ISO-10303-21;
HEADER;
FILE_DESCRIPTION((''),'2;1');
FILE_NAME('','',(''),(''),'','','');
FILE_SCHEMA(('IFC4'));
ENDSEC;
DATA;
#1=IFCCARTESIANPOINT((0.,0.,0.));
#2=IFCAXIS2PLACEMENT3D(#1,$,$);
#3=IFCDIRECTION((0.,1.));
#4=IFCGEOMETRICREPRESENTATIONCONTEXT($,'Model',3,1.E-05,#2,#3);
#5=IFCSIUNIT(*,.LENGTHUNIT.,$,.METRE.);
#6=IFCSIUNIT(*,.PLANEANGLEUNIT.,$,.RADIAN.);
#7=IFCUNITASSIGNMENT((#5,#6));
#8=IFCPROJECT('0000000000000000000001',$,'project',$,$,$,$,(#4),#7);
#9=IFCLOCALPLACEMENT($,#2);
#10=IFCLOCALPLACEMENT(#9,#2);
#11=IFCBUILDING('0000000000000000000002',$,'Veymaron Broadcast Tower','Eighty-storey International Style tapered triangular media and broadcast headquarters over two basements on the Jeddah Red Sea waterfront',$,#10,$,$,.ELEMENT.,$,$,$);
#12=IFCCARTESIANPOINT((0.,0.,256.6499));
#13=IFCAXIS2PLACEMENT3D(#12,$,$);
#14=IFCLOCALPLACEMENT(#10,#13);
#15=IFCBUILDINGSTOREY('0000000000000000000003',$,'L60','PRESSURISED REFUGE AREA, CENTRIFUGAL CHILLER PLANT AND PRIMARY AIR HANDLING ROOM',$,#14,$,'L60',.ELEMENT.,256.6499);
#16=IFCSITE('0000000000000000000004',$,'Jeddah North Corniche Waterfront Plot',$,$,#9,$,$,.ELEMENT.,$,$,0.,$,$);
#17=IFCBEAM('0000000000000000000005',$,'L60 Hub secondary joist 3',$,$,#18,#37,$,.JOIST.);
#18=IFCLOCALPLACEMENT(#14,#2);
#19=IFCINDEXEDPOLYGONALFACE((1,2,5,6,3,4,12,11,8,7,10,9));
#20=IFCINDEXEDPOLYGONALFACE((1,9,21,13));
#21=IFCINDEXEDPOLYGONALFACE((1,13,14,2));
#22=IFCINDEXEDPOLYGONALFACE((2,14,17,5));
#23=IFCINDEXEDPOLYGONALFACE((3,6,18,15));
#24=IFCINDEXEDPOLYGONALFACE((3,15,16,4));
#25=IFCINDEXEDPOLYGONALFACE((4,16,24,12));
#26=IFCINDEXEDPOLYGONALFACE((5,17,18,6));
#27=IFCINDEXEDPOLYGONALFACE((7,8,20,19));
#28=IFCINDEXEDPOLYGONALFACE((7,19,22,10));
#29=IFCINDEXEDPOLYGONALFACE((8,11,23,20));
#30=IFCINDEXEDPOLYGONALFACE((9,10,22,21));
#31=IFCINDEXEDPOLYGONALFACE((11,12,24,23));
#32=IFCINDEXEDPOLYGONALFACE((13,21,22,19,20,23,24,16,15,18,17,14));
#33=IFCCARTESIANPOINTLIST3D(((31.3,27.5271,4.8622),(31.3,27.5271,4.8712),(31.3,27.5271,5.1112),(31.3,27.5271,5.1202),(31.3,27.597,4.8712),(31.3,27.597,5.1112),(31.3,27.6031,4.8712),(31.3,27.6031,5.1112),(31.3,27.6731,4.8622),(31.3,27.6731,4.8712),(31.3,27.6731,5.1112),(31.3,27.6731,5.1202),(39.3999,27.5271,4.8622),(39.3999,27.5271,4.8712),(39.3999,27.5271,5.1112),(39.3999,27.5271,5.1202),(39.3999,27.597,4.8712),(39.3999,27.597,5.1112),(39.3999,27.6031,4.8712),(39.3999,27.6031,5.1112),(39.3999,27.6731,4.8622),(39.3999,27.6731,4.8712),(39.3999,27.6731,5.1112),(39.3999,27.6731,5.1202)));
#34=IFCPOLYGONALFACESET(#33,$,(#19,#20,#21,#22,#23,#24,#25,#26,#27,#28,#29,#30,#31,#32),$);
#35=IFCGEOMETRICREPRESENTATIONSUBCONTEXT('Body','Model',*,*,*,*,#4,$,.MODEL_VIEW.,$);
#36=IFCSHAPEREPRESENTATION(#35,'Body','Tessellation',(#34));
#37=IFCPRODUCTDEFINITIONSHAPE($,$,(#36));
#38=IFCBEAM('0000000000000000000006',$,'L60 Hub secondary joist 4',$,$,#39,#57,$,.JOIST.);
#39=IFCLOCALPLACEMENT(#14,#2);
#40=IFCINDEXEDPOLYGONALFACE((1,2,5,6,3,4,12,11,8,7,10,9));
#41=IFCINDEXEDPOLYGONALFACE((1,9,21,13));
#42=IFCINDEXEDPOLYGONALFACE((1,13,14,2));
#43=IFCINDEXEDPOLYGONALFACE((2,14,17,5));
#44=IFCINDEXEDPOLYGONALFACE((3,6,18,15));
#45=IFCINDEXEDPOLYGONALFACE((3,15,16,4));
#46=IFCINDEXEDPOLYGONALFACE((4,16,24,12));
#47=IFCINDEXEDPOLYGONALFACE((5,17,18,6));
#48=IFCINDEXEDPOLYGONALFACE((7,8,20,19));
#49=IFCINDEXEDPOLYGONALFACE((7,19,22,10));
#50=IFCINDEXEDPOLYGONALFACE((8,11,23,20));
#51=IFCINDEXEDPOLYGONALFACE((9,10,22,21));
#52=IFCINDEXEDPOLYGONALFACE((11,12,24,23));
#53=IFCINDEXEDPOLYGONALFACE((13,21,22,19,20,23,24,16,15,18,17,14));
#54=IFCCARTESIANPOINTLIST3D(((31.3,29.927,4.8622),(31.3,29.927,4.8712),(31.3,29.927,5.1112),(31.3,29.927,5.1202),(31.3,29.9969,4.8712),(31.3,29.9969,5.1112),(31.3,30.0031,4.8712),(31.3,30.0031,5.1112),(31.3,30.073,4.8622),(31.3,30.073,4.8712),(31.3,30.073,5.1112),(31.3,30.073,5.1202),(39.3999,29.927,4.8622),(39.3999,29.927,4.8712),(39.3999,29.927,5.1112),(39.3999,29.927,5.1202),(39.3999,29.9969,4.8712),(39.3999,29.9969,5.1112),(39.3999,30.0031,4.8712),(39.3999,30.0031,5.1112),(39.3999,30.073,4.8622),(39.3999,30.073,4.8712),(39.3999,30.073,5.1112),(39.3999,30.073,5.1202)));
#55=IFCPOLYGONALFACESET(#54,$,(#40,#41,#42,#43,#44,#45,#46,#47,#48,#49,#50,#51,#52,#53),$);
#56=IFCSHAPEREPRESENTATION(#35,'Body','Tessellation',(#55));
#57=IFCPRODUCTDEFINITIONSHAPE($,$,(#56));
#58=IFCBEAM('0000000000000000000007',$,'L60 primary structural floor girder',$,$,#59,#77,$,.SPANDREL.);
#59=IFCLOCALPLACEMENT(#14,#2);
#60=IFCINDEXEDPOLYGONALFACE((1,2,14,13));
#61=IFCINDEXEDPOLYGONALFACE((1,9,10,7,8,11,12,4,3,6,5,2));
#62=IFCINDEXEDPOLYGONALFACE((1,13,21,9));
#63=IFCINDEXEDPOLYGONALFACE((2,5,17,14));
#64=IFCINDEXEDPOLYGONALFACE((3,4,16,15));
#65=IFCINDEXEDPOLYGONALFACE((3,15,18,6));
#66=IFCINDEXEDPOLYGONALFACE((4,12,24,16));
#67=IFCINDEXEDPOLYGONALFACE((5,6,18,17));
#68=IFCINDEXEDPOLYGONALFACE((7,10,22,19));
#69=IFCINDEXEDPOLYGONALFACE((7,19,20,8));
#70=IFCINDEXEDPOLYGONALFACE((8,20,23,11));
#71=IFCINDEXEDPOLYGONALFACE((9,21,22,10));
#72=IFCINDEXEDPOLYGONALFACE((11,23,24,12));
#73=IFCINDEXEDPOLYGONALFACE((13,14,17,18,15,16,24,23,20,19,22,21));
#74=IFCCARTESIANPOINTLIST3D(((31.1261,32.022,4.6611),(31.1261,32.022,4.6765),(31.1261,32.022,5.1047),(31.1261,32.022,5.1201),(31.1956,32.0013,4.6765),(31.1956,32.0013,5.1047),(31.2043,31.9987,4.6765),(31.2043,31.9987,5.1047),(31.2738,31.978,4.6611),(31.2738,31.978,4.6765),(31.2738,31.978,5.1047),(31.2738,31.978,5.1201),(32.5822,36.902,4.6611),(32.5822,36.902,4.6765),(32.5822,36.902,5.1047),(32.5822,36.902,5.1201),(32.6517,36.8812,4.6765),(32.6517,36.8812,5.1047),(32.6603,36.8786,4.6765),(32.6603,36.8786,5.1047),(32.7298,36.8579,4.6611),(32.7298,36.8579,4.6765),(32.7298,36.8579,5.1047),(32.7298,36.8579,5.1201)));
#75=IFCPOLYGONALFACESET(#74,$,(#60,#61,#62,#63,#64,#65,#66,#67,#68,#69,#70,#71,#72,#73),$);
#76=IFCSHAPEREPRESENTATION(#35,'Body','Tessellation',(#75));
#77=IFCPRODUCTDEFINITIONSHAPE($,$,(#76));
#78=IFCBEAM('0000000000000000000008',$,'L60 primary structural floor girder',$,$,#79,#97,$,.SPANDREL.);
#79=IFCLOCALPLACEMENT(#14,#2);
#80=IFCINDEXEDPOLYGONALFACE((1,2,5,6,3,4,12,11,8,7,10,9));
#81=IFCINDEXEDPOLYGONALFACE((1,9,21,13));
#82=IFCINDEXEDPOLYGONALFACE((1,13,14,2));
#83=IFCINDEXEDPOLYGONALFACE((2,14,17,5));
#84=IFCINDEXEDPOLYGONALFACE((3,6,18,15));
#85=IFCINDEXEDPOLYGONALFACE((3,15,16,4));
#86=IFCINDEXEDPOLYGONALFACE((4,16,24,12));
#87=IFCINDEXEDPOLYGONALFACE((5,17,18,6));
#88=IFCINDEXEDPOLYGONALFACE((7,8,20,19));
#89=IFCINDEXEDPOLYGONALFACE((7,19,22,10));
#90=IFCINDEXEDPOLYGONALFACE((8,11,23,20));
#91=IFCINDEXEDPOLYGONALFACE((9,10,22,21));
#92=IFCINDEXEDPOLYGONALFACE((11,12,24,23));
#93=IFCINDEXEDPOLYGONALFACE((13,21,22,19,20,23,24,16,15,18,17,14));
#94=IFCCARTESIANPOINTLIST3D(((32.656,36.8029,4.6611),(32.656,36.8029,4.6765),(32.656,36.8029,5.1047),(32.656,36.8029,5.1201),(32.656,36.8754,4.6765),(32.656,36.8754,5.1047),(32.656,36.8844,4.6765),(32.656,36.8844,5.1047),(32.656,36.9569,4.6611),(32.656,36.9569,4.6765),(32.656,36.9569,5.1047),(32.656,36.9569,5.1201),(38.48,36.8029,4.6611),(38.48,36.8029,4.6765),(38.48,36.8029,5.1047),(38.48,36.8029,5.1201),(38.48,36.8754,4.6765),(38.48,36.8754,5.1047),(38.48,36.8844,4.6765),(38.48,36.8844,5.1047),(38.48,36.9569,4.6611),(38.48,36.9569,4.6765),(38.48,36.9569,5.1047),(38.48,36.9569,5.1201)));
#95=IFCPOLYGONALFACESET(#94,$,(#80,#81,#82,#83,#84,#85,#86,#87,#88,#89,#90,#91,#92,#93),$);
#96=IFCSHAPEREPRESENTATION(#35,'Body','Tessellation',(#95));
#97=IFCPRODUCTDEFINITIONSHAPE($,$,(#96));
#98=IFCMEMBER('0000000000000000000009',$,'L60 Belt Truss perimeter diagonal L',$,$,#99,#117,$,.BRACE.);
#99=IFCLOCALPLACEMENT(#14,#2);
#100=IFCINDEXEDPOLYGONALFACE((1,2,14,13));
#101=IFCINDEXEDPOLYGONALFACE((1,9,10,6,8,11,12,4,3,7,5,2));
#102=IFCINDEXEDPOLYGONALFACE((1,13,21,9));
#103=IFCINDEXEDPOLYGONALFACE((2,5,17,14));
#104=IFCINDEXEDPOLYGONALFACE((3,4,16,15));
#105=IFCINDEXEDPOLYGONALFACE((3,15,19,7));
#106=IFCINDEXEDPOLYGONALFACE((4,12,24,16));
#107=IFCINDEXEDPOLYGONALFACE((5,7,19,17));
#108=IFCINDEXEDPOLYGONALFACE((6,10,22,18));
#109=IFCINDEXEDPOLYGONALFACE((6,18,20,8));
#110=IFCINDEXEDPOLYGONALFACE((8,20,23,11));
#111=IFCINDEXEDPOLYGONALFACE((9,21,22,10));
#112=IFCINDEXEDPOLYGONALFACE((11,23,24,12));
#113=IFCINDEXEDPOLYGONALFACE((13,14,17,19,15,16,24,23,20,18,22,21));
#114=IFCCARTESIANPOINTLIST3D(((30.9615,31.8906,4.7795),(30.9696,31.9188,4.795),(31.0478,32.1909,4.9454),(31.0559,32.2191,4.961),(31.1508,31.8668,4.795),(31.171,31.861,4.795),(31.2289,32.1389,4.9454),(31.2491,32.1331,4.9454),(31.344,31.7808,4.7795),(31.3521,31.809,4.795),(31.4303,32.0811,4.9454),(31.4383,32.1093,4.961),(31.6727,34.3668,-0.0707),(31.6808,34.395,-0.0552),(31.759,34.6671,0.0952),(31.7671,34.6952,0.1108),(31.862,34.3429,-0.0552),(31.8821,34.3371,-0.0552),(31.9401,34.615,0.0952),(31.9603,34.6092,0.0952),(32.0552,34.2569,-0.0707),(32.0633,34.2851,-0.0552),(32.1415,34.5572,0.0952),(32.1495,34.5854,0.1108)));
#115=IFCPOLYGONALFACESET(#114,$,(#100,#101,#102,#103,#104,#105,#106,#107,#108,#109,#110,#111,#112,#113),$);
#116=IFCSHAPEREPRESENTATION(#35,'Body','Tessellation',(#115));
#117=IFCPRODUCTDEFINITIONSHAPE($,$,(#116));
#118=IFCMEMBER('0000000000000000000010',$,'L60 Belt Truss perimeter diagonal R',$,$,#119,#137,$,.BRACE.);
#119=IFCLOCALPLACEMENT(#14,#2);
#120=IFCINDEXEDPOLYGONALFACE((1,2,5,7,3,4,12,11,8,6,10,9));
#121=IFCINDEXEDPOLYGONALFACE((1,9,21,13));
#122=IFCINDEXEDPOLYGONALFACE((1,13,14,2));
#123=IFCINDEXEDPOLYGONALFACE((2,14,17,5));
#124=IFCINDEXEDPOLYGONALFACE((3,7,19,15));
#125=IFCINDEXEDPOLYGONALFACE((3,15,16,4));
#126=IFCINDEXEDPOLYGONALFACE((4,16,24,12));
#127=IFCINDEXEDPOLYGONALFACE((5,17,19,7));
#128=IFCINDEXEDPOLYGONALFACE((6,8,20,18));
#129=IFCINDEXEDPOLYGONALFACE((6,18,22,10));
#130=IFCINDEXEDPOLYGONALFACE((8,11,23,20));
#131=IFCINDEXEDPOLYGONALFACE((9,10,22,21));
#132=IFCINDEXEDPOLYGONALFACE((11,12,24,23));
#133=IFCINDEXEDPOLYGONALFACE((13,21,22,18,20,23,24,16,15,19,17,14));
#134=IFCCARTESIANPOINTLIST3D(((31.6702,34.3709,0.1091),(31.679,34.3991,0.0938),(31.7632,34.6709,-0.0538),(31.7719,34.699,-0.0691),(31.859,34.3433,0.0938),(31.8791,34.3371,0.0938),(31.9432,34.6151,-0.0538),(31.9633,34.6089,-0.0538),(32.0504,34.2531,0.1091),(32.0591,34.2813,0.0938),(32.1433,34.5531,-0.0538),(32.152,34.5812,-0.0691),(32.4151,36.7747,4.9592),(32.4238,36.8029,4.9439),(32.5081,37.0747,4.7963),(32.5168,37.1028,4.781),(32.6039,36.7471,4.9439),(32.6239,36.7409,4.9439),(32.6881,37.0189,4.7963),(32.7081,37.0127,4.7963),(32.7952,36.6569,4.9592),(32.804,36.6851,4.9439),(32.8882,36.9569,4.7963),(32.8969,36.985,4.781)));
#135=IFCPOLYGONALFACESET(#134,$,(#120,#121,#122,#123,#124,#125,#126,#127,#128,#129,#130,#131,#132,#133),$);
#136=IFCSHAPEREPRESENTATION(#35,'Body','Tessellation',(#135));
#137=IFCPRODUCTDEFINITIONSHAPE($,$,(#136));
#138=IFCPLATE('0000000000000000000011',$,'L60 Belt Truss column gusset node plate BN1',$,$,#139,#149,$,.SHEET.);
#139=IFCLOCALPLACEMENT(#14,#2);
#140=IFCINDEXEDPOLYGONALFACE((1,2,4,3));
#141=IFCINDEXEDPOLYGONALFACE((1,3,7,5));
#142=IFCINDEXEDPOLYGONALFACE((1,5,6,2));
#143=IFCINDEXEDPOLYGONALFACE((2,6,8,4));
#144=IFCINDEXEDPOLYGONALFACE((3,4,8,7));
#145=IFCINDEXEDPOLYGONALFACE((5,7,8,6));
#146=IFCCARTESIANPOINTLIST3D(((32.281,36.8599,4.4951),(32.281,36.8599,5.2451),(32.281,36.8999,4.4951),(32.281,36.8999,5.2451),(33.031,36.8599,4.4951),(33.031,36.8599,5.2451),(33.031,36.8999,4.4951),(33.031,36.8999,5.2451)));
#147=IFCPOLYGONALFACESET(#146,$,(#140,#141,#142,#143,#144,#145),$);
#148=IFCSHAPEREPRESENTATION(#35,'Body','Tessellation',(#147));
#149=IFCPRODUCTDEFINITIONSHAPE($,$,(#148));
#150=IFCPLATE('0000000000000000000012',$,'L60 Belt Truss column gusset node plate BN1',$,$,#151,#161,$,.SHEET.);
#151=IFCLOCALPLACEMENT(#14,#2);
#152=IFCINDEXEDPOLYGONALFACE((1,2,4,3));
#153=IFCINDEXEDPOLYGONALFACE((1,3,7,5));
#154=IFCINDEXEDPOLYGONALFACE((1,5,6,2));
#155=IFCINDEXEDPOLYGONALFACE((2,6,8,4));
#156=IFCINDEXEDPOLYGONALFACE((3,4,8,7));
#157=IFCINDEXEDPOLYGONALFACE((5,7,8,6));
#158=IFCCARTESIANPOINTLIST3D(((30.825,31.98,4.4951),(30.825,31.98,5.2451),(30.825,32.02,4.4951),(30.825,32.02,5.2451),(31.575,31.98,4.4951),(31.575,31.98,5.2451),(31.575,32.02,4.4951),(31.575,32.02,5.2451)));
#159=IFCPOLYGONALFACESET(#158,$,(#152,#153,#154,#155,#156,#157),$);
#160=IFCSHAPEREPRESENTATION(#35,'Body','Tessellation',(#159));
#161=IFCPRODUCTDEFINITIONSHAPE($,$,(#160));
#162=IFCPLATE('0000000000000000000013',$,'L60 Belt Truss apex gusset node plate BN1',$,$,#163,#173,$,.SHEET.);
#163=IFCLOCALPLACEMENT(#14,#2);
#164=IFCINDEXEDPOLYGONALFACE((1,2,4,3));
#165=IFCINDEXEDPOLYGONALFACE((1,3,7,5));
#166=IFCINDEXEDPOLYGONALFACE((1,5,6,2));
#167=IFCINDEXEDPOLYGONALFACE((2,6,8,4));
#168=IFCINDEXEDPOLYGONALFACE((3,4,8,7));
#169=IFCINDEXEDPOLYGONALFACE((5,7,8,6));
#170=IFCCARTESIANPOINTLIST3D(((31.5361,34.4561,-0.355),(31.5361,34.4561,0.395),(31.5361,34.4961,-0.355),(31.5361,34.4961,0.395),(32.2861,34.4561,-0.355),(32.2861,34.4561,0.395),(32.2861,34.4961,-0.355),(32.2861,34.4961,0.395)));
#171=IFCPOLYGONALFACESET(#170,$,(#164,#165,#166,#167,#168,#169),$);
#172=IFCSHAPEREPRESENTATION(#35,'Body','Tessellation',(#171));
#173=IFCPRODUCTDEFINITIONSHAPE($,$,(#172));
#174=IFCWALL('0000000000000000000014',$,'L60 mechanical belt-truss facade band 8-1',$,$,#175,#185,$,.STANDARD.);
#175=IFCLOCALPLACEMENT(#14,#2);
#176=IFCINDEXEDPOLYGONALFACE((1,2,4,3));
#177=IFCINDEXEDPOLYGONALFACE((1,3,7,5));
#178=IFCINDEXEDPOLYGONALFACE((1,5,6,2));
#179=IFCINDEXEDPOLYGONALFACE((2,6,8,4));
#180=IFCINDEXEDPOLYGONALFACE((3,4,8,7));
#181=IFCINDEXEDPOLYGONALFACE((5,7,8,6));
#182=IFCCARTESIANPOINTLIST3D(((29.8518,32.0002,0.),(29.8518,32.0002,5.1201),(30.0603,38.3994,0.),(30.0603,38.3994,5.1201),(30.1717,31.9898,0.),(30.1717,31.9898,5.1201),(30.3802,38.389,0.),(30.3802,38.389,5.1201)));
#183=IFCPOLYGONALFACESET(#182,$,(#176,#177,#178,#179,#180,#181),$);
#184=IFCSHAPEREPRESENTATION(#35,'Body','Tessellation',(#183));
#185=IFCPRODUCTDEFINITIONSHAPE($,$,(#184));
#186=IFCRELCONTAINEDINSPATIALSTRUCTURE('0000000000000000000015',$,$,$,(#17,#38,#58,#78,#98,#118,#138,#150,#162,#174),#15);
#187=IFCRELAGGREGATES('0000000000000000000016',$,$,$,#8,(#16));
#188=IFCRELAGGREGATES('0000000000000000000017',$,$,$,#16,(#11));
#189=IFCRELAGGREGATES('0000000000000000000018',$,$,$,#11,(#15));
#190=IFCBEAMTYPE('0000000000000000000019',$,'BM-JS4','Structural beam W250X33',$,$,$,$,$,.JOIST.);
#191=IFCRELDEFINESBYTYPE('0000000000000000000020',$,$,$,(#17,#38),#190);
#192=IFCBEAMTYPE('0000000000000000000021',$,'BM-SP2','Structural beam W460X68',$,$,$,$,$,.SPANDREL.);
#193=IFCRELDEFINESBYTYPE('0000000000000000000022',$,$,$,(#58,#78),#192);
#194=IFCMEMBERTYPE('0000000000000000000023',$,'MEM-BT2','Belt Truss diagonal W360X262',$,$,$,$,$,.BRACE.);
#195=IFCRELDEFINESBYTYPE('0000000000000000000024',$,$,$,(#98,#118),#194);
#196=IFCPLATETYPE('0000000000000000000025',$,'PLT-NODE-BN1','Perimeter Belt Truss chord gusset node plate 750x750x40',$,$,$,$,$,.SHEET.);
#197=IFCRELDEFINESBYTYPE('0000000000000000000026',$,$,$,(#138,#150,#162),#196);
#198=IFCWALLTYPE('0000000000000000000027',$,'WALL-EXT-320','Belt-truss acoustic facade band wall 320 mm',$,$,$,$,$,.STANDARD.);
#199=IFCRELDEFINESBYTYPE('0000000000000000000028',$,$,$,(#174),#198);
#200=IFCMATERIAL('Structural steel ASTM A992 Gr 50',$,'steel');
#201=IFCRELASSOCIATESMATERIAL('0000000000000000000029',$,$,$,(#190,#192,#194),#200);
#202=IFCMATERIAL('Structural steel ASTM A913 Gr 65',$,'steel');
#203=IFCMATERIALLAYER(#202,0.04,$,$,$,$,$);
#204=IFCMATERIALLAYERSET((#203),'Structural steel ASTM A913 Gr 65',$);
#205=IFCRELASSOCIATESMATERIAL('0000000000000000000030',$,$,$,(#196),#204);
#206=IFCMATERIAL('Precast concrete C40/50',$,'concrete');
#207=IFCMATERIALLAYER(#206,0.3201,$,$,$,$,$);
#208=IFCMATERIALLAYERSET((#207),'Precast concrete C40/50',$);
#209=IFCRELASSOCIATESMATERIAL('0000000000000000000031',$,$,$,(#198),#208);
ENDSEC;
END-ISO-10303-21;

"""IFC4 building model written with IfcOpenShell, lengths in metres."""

from ifc_helpers import new_model, si_unit, direction, frame, frame_2d, origin, origin_2d, place, context, subcontext, project, spatial, rectangle, i_section, extrude, material, layer, layer_set, material_profile, profile_set, type_object, element, save


model = new_model("IFC4")

# Units and contexts
model_context = context("Model", 3, precision=1e-05, world=origin(), true_north=direction((0.0, 1.0)))
body_context = subcontext(model_context, "Body", "Model", "MODEL_VIEW")
ifc_project = project(units=[si_unit("LENGTHUNIT", "METRE"), si_unit("PLANEANGLEUNIT", "RADIAN")], contexts=[model_context])

# Site, building, storey
site_placement = place(None, origin())
site = spatial("IfcSite", under=ifc_project, at=site_placement, Name="Jeddah North Corniche Waterfront Plot", CompositionType="ELEMENT", RefElevation=0.0)
building_placement = place(site_placement, origin())
building = spatial("IfcBuilding", under=site, at=building_placement, Name="Veymaron Broadcast Tower", Description="Eighty-storey International Style tapered triangular media and broadcast headquarters over two basements on the Jeddah Red Sea waterfront", CompositionType="ELEMENT")
storey_placement = place(building_placement, frame((0.0, 0.0, 256.6499)))
storey = spatial("IfcBuildingStorey", under=building, at=storey_placement, Name="L60", Description="PRESSURISED REFUGE AREA, CENTRIFUGAL CHILLER PLANT AND PRIMARY AIR HANDLING ROOM", LongName="L60", CompositionType="ELEMENT", Elevation=256.6499)

# Shared definitions
ifc_material_1 = material(Name="Structural steel ASTM A992 Gr 50", Category="steel")
ifc_material_2 = material(Name="Structural steel ASTM A913 Gr 65", Category="steel")

# Beams
ifc_material_profile_1 = material_profile(ifc_material_1, i_section(OverallWidth=0.146, OverallDepth=0.2581, WebThickness=0.0061, FlangeThickness=0.009, at=origin_2d()), Name="W250X33")
ifc_profile_set_1 = profile_set([ifc_material_profile_1], Name="Structural steel ASTM A992 Gr 50")
beam_type_1 = type_object("IfcBeamType", Name="BM-JS4", Description="Structural beam W250X33", PredefinedType="JOIST", material=ifc_profile_set_1)
for number, where, z_axis, x_axis, name in (
    (1, (31.3, 27.6001, 4.9912), (1.0, 0.0, 0.0), (0.0, 1.0, 0.0), "L60 Hub secondary joist 3"),
    (2, (31.3, 30.0, 4.9912), (1.0, 0.0, 0.0), (0.0, 1.0, 0.0), "L60 Hub secondary joist 4"),
):
    element("IfcBeam", number, at=place(storey_placement, frame(where, z_axis=z_axis, x_axis=x_axis)), inside=storey, type_object=beam_type_1, Name=name, PredefinedType="JOIST", context=body_context, shape_type="SweptSolid", body=[
        extrude(i_section(OverallWidth=0.146, OverallDepth=0.2581, WebThickness=0.0061, FlangeThickness=0.009, at=origin_2d()), origin(), (0.0, 0.0, 1.0), 8.0999),
    ])
ifc_material_profile_2 = material_profile(ifc_material_1, i_section(OverallWidth=0.1541, OverallDepth=0.459, WebThickness=0.009, FlangeThickness=0.0154, at=origin_2d()), Name="W460X68")
ifc_profile_set_2 = profile_set([ifc_material_profile_2], Name="Structural steel ASTM A992 Gr 50")
beam_type_2 = type_object("IfcBeamType", Name="BM-SP2", Description="Structural beam W460X68", PredefinedType="SPANDREL", material=ifc_profile_set_2)
beam_1_placement = place(storey_placement, frame((31.2, 32.0, 4.8906), z_axis=(0.285923, 0.958253, 0.0), x_axis=(-0.958253, 0.285923, 0.0)))
element("IfcBeam", 3, at=beam_1_placement, inside=storey, type_object=beam_type_2, Name="L60 primary structural floor girder", PredefinedType="SPANDREL", context=body_context, shape_type="SweptSolid", body=[
    extrude(i_section(OverallWidth=0.1541, OverallDepth=0.459, WebThickness=0.009, FlangeThickness=0.0154, at=origin_2d()), origin(), (0.0, 0.0, 1.0), 5.0925),
])
beam_2_placement = place(storey_placement, frame((32.656, 36.8799, 4.8906), z_axis=(1.0, 0.0, 0.0), x_axis=(0.0, 1.0, 0.0)))
element("IfcBeam", 4, at=beam_2_placement, inside=storey, type_object=beam_type_2, Name="L60 primary structural floor girder", PredefinedType="SPANDREL", context=body_context, shape_type="SweptSolid", body=[
    extrude(i_section(OverallWidth=0.1541, OverallDepth=0.459, WebThickness=0.009, FlangeThickness=0.0154, at=origin_2d()), origin(), (0.0, 0.0, 1.0), 5.824),
])

# Members
ifc_material_profile_3 = material_profile(ifc_material_1, i_section(OverallWidth=0.3979, OverallDepth=0.387, WebThickness=0.021, FlangeThickness=0.0332, at=origin_2d()), Name="W360X262")
ifc_profile_set_3 = profile_set([ifc_material_profile_3], Name="Structural steel ASTM A992 Gr 50")
member_type = type_object("IfcMemberType", Name="MEM-BT2", Description="Belt Truss diagonal W360X262", PredefinedType="BRACE", material=ifc_profile_set_3)
member_1_placement = place(storey_placement, frame((31.9111, 34.4761, 0.02), z_axis=(-0.129498, -0.450865, 0.883148), x_axis=(0.96114, -0.27606, 0.0)))
element("IfcMember", 5, at=member_1_placement, inside=storey, type_object=member_type, Name="L60 Belt Truss perimeter diagonal L", PredefinedType="BRACE", context=body_context, shape_type="SweptSolid", body=[
    extrude(i_section(OverallWidth=0.3979, OverallDepth=0.387, WebThickness=0.021, FlangeThickness=0.0332, at=origin_2d()), origin(), (0.0, 0.0, 1.0), 5.4919),
])
member_2_placement = place(storey_placement, frame((31.9111, 34.4761, 0.02), z_axis=(0.136321, 0.439926, 0.887627), x_axis=(-0.955192, 0.295987, 0.0)))
element("IfcMember", 6, at=member_2_placement, inside=storey, type_object=member_type, Name="L60 Belt Truss perimeter diagonal R", PredefinedType="BRACE", context=body_context, shape_type="SweptSolid", body=[
    extrude(i_section(OverallWidth=0.3979, OverallDepth=0.387, WebThickness=0.021, FlangeThickness=0.0332, at=origin_2d()), origin(), (0.0, 0.0, 1.0), 5.4641),
])

# Plates
ifc_layer_1 = layer(ifc_material_2, 0.04)
ifc_layer_set_1 = layer_set([ifc_layer_1], Name="Structural steel ASTM A913 Gr 65")
plate_type = type_object("IfcPlateType", Name="PLT-NODE-BN1", Description="Perimeter Belt Truss chord gusset node plate 750x750x40", PredefinedType="SHEET", material=ifc_layer_set_1)
for number, where, z_axis, x_axis, name in (
    (7, (32.656, 36.8799, 4.4951), (0.0, 0.0, 1.0), (1.0, 0.0, 0.0), "L60 Belt Truss column gusset node plate BN1"),
    (8, (31.2, 32.0, 4.4951), (0.0, 0.0, 1.0), (1.0, 0.0, 0.0), "L60 Belt Truss column gusset node plate BN1"),
    (9, (31.9111, 34.4761, -0.355), (0.0, 0.0, 1.0), (1.0, 0.0, 0.0), "L60 Belt Truss apex gusset node plate BN1"),
):
    element("IfcPlate", number, at=place(storey_placement, frame(where, z_axis=z_axis, x_axis=x_axis)), inside=storey, type_object=plate_type, Name=name, PredefinedType="SHEET", context=body_context, shape_type="SweptSolid", body=[
        extrude(rectangle(XDim=0.75, YDim=0.04, at=origin_2d()), origin(), (0.0, 0.0, 1.0), 0.75),
    ])

# Wall
ifc_material_3 = material(Name="Precast concrete C40/50", Category="concrete")
ifc_layer_2 = layer(ifc_material_3, 0.3201)
ifc_layer_set_2 = layer_set([ifc_layer_2], Name="Precast concrete C40/50")
wall_type_1 = type_object("IfcWallType", Name="WALL-EXT-320", Description="Belt-truss acoustic facade band wall 320 mm", PredefinedType="STANDARD", material=ifc_layer_set_2)
wall_1_placement = place(storey_placement, frame((30.2202, 38.394, 0.0), z_axis=(0.0, 0.0, 1.0), x_axis=(-0.032564, -0.99947, 0.0)))
element("IfcWall", 10, at=wall_1_placement, inside=storey, type_object=wall_type_1, Name="L60 mechanical belt-truss facade band 8-1", PredefinedType="STANDARD", context=body_context, shape_type="SweptSolid", body=[
    extrude(rectangle(XDim=6.4026, YDim=0.3201, at=frame_2d((3.2012, 0.0))), origin(), (0.0, 0.0, 1.0), 5.1201),
])

save(model, "model.ifc")
